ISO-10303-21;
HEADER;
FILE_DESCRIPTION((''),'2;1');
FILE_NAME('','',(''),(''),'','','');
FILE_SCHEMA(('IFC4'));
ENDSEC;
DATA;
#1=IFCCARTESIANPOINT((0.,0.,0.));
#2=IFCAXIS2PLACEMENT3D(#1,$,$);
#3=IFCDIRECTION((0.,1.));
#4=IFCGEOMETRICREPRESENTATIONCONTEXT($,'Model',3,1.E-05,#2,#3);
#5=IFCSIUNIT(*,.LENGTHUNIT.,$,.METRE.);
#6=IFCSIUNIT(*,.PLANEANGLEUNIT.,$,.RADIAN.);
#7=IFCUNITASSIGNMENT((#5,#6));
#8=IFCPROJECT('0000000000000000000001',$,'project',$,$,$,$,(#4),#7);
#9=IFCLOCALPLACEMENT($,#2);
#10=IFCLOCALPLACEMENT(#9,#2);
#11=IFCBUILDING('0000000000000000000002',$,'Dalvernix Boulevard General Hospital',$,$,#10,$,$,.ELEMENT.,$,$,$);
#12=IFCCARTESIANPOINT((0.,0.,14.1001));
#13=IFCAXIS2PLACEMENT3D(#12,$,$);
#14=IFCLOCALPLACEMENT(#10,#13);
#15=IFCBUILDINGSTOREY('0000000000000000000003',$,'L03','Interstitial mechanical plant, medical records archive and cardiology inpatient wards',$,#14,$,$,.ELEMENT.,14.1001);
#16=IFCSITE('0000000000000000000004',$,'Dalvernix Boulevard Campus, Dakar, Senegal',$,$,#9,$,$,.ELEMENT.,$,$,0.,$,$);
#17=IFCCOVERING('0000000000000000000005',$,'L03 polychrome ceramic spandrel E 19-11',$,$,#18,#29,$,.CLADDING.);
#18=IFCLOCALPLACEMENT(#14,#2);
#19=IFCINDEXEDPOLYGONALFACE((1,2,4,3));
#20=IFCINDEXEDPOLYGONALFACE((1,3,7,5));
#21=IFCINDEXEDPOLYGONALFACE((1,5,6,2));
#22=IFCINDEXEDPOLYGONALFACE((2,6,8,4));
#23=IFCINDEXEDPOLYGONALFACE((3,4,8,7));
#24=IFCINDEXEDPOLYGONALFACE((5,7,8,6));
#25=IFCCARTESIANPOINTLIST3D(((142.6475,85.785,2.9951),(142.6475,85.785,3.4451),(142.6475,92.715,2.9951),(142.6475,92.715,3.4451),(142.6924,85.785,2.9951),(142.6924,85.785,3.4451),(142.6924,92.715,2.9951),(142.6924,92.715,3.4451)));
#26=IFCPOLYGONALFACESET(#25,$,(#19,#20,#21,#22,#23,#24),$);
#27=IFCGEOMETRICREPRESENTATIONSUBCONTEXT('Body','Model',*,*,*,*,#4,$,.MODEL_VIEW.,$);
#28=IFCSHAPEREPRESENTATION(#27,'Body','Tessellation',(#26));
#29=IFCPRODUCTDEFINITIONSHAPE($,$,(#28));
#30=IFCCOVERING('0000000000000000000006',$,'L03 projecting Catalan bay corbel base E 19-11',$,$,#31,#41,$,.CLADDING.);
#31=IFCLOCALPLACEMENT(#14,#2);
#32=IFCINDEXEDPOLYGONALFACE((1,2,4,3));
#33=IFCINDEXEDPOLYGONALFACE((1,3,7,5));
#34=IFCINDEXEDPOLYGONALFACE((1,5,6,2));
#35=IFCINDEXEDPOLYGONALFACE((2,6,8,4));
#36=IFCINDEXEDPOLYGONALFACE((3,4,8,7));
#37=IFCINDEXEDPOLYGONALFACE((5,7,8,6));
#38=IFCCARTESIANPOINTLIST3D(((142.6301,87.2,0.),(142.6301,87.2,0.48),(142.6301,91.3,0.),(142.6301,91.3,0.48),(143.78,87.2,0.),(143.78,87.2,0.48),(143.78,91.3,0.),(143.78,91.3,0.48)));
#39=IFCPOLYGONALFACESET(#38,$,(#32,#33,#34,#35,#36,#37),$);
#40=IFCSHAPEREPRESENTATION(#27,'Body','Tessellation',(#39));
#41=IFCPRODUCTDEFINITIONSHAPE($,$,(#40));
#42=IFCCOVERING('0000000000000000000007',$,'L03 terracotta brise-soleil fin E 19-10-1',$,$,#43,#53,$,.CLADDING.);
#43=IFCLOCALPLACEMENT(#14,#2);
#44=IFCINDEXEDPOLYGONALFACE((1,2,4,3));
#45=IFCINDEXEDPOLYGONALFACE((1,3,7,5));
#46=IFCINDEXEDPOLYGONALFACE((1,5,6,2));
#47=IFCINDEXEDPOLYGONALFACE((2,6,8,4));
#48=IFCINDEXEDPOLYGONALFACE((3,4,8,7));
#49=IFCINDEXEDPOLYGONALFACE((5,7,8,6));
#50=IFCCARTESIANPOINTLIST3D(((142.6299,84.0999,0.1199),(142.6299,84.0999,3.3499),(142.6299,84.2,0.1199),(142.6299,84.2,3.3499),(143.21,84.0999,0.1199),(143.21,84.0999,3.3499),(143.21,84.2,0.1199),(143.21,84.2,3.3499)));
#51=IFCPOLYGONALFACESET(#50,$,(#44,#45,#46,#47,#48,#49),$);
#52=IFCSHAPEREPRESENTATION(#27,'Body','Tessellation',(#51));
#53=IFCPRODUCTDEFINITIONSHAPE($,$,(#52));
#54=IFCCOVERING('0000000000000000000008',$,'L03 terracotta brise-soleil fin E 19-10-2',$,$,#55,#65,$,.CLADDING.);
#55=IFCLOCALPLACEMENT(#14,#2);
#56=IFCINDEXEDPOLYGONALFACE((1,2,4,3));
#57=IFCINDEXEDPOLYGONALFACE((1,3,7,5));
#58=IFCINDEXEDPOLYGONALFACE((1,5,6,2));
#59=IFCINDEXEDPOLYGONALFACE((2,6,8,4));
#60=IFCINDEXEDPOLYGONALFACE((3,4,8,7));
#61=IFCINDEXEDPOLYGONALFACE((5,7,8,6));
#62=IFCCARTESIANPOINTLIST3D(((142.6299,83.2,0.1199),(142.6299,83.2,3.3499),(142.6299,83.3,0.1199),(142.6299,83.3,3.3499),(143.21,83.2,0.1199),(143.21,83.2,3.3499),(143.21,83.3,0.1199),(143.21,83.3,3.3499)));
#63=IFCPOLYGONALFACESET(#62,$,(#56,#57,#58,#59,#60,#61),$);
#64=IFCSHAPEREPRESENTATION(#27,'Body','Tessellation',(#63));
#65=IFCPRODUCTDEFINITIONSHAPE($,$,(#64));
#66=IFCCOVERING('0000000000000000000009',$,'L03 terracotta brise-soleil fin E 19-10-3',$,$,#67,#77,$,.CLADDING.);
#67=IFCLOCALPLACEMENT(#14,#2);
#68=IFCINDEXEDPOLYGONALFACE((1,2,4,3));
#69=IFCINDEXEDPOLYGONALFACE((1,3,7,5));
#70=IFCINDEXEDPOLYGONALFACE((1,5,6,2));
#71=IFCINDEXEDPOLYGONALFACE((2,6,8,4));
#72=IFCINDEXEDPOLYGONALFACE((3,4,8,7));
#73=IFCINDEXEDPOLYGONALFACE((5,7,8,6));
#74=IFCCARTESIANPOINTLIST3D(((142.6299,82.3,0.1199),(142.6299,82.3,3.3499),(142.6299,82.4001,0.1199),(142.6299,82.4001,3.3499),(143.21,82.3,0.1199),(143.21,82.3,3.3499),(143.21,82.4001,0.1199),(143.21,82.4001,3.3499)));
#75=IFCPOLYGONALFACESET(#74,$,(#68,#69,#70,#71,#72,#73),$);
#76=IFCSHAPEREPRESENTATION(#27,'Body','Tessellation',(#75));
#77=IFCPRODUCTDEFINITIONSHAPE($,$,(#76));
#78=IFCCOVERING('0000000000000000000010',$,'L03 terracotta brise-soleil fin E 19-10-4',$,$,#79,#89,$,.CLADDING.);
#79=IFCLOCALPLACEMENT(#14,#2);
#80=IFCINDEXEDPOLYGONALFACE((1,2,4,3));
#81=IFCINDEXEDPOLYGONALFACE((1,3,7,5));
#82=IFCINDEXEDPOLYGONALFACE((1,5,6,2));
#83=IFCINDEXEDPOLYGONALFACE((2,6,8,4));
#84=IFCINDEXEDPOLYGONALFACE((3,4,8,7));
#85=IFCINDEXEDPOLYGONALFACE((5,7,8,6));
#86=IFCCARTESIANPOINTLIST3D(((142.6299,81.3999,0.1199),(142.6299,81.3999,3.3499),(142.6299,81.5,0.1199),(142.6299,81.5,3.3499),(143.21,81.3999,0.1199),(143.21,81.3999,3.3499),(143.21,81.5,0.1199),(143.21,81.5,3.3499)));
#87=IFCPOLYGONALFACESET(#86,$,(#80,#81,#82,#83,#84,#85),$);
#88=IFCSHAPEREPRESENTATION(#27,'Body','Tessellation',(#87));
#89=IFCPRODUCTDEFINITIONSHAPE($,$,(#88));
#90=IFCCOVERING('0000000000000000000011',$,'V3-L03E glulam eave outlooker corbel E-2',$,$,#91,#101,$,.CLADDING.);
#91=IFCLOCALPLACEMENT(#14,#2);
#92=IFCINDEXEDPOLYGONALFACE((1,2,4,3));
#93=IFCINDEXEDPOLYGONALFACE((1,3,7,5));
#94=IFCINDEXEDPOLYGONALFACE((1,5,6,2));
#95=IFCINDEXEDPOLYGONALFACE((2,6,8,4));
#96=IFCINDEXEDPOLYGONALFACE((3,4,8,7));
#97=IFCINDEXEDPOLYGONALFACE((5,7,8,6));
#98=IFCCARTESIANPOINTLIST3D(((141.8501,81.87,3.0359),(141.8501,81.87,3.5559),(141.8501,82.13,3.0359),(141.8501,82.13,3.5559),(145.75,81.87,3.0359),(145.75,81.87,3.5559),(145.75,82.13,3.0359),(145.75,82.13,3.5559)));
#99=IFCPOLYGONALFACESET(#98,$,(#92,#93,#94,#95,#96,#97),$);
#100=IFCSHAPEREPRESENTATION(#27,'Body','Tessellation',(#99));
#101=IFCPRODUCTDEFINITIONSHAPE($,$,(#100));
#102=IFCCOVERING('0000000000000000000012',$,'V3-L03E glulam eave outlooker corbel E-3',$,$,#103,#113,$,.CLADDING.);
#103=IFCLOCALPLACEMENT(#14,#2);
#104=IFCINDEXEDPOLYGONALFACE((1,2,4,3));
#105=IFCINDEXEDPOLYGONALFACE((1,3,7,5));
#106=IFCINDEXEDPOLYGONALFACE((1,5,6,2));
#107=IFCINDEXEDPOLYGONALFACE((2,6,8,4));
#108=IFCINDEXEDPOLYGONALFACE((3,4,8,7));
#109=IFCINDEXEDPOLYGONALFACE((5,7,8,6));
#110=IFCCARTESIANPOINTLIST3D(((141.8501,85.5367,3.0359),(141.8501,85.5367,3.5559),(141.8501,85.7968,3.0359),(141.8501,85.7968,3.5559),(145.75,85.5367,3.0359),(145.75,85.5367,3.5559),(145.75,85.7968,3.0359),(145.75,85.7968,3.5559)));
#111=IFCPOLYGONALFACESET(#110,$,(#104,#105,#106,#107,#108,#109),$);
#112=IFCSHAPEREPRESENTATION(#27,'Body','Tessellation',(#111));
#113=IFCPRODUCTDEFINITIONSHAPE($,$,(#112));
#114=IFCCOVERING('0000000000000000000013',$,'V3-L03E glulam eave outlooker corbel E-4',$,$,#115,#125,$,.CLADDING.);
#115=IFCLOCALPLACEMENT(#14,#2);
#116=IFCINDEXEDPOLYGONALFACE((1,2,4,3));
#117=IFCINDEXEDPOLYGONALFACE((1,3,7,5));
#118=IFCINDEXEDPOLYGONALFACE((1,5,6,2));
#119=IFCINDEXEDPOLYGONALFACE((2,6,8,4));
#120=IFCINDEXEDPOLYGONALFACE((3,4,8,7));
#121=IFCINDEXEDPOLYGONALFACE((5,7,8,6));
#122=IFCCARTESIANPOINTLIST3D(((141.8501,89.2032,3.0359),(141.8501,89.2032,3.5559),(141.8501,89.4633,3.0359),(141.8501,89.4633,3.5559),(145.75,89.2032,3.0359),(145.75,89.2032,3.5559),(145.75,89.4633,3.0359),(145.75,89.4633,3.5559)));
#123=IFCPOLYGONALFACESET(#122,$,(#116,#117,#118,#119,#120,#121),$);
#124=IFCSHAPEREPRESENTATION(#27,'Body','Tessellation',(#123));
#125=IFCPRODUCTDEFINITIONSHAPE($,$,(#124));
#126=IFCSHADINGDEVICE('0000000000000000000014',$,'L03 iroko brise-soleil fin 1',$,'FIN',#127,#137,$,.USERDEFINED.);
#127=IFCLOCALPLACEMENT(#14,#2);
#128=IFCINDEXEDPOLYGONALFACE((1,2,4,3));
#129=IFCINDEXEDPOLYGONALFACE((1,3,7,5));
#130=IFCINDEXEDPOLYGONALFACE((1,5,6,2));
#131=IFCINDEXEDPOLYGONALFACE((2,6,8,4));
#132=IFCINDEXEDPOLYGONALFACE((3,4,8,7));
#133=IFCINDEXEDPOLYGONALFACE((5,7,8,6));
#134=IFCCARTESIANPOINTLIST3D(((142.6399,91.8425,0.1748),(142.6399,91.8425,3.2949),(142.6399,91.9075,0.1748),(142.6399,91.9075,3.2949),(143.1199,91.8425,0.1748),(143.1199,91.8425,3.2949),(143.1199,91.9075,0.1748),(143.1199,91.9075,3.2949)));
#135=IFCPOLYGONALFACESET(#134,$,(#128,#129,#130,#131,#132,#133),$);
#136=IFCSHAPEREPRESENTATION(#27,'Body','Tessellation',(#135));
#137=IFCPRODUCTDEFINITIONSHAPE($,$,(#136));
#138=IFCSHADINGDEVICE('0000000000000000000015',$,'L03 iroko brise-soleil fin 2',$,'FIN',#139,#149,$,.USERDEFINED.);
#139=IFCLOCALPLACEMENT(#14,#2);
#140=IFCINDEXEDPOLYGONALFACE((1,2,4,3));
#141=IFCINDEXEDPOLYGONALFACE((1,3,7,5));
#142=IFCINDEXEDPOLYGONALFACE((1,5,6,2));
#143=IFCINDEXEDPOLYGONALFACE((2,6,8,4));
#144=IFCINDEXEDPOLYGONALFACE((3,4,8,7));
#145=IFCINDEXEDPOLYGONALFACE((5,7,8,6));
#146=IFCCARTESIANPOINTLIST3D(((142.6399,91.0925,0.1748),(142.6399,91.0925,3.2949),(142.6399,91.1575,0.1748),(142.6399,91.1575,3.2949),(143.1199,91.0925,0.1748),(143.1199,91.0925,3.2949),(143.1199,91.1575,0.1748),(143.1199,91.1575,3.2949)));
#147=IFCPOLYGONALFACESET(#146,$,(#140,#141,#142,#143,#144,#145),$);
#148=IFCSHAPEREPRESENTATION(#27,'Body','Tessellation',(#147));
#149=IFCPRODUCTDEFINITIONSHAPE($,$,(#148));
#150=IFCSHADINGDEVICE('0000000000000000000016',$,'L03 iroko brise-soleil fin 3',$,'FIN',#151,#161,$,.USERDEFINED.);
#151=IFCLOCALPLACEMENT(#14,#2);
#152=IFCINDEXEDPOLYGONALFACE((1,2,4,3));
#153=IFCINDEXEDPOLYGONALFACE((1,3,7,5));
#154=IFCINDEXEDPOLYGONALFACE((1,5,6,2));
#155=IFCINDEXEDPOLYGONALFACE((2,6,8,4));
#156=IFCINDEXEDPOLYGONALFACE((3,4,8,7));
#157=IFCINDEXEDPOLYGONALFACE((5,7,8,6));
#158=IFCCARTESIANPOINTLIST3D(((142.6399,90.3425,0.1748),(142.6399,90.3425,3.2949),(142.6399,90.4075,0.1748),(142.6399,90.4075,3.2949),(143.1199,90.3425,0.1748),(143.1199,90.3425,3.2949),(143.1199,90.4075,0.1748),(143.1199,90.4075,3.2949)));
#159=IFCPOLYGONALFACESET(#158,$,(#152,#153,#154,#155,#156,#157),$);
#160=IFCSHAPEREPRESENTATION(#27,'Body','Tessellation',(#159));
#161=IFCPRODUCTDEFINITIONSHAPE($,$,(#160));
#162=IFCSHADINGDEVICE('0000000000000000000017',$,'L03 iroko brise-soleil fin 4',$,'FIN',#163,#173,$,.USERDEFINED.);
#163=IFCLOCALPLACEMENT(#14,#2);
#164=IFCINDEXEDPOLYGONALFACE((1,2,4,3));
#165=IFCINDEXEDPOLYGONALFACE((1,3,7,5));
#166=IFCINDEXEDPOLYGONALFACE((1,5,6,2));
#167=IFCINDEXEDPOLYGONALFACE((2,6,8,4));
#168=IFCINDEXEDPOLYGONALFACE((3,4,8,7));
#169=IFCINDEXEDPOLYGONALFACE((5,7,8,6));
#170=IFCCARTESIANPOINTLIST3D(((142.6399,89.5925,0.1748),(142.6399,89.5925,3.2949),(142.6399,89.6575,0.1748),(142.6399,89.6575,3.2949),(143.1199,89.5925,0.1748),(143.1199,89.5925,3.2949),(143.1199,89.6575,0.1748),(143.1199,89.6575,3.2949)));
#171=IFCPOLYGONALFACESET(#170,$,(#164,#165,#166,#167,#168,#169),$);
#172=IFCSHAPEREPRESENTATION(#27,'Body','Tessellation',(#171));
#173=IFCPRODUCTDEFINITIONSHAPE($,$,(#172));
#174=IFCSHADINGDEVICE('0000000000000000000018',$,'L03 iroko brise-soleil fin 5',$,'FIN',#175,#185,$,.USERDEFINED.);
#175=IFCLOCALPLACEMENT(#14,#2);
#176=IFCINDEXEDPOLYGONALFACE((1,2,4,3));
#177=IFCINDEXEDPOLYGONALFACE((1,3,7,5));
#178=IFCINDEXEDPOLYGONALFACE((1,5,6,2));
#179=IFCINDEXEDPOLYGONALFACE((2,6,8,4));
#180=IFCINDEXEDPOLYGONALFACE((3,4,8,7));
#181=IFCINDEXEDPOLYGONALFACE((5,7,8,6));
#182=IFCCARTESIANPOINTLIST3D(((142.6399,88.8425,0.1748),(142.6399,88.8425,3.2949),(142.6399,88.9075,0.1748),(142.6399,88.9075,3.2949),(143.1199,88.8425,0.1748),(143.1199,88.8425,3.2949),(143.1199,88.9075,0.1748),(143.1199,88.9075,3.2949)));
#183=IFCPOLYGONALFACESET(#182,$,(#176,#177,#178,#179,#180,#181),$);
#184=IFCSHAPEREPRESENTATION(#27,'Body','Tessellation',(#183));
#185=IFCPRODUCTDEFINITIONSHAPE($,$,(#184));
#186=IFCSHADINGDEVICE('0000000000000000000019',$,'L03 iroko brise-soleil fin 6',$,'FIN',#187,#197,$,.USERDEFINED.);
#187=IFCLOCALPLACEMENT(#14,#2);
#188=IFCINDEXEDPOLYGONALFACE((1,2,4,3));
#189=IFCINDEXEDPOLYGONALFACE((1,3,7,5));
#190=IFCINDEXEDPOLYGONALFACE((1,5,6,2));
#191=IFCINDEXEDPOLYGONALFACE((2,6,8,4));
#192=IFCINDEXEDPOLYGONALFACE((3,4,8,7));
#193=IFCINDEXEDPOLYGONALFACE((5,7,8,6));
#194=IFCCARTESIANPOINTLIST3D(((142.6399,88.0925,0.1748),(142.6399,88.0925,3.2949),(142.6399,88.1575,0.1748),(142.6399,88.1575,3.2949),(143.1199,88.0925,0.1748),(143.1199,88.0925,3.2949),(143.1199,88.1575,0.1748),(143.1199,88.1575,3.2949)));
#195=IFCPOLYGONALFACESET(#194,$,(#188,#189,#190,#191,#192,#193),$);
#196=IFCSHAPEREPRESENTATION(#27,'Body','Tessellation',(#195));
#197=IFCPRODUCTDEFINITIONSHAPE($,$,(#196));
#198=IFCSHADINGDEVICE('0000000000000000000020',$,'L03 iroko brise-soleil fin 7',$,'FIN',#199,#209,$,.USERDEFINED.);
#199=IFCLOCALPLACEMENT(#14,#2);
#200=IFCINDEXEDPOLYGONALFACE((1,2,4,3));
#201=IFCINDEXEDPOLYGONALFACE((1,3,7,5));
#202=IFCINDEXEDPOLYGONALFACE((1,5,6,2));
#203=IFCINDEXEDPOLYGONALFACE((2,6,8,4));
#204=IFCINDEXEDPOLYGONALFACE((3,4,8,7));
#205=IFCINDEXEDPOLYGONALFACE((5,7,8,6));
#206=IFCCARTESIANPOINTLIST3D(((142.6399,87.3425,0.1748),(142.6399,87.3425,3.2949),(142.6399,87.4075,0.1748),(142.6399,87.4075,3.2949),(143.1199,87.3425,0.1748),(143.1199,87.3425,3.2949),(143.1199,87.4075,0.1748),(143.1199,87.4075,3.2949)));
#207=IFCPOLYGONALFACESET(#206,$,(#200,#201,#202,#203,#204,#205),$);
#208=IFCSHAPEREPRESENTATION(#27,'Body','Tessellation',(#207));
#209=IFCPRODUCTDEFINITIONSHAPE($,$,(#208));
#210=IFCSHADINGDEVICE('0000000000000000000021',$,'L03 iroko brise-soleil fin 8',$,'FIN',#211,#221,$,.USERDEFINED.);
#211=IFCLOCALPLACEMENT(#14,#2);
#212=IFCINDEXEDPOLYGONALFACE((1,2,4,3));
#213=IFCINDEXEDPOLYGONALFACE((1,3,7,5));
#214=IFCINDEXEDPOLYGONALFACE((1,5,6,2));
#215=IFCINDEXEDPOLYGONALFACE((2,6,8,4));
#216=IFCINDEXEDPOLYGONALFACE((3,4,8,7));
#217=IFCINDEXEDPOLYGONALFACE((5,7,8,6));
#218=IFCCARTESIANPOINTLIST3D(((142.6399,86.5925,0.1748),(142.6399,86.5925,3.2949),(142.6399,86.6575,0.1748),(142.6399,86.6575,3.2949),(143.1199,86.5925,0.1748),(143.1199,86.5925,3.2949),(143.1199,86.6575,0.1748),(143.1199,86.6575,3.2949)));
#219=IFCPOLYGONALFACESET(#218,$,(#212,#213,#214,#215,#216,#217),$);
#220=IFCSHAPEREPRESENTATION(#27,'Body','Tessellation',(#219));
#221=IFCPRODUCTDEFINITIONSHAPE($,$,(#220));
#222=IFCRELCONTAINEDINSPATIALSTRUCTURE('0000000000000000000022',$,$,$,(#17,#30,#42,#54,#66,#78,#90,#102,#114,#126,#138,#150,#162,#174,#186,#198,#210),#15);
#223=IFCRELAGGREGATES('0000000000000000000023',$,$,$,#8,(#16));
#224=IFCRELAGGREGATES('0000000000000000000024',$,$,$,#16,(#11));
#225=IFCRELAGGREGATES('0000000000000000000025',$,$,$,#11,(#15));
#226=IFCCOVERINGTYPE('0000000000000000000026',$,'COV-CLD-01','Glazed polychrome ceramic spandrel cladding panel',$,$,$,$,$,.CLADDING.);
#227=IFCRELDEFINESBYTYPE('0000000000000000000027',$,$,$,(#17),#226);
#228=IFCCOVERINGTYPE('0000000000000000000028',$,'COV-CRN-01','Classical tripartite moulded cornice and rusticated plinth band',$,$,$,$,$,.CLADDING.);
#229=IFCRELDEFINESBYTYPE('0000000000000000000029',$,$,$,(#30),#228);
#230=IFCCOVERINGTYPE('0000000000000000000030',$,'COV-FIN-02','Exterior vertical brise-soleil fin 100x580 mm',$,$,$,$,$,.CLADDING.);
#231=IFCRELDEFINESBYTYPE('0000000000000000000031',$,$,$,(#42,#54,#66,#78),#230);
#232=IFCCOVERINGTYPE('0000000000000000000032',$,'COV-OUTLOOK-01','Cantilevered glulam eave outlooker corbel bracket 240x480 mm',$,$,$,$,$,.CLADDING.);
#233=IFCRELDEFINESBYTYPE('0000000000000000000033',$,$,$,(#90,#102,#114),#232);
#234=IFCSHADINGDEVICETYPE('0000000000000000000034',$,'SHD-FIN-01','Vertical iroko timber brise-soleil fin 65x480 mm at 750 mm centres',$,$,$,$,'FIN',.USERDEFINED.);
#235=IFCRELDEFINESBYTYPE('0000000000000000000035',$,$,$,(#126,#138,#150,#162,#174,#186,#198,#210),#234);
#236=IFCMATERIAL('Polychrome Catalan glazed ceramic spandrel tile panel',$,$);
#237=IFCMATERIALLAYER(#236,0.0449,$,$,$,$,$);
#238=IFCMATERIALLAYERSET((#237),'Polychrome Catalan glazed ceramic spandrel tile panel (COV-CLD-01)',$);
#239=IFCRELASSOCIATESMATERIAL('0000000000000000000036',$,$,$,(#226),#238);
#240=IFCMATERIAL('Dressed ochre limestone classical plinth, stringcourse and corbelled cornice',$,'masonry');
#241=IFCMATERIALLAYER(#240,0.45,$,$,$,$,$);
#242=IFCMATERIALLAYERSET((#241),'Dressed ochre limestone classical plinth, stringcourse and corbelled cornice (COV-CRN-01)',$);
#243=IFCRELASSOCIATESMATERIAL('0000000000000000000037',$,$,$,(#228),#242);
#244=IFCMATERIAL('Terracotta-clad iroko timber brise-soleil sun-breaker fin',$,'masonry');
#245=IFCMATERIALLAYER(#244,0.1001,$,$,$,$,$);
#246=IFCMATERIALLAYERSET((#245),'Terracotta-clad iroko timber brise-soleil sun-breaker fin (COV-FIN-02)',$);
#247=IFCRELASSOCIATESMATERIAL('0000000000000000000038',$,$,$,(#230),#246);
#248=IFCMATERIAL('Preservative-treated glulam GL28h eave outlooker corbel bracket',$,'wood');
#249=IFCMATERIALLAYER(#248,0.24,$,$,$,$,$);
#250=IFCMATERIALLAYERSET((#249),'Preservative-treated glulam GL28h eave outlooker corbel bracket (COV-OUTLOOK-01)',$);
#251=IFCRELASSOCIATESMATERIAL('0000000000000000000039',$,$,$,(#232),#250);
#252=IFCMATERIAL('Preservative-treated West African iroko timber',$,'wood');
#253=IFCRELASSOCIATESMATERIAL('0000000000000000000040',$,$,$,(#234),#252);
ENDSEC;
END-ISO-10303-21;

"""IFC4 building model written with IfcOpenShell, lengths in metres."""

from ifc_helpers import new_model, si_unit, direction, frame, origin, origin_2d, place, context, subcontext, project, spatial, rectangle, extrude, material, layer, layer_set, type_object, element, save


model = new_model("IFC4")

# Units and contexts
model_context = context("Model", 3, precision=1e-05, world=origin(), true_north=direction((0.0, 1.0)))
body_context = subcontext(model_context, "Body", "Model", "MODEL_VIEW")
ifc_project = project(units=[si_unit("LENGTHUNIT", "METRE"), si_unit("PLANEANGLEUNIT", "RADIAN")], contexts=[model_context])

# Site, building, storey
site_placement = place(None, origin())
site = spatial("IfcSite", under=ifc_project, at=site_placement, Name="Dalvernix Boulevard Campus, Dakar, Senegal", CompositionType="ELEMENT", RefElevation=0.0)
building_placement = place(site_placement, origin())
building = spatial("IfcBuilding", under=site, at=building_placement, Name="Dalvernix Boulevard General Hospital", CompositionType="ELEMENT")
storey_placement = place(building_placement, frame((0.0, 0.0, 14.1001)))
storey = spatial("IfcBuildingStorey", under=building, at=storey_placement, Name="L03", Description="Interstitial mechanical plant, medical records archive and cardiology inpatient wards", CompositionType="ELEMENT", Elevation=14.1001)

# Coverings
ifc_material_1 = material(Name="Polychrome Catalan glazed ceramic spandrel tile panel")
ifc_layer_1 = layer(ifc_material_1, 0.0449)
ifc_layer_set_1 = layer_set([ifc_layer_1], Name="Polychrome Catalan glazed ceramic spandrel tile panel (COV-CLD-01)")
covering_type_1 = type_object("IfcCoveringType", Name="COV-CLD-01", Description="Glazed polychrome ceramic spandrel cladding panel", PredefinedType="CLADDING", material=ifc_layer_set_1)
covering_1_placement = place(storey_placement, frame((142.6699, 89.25, 2.9951), z_axis=(0.0, 0.0, 1.0), x_axis=(0.0, -1.0, 0.0)))
element("IfcCovering", 1, at=covering_1_placement, inside=storey, type_object=covering_type_1, Name="L03 polychrome ceramic spandrel E 19-11", PredefinedType="CLADDING", context=body_context, shape_type="SweptSolid", body=[
    extrude(rectangle(XDim=6.9299, YDim=0.0449, at=origin_2d()), origin(), (0.0, 0.0, 1.0), 0.45),
])
ifc_material_2 = material(Name="Dressed ochre limestone classical plinth, stringcourse and corbelled cornice", Category="masonry")
ifc_layer_2 = layer(ifc_material_2, 0.45)
ifc_layer_set_2 = layer_set([ifc_layer_2], Name="Dressed ochre limestone classical plinth, stringcourse and corbelled cornice (COV-CRN-01)")
covering_type_2 = type_object("IfcCoveringType", Name="COV-CRN-01", Description="Classical tripartite moulded cornice and rusticated plinth band", PredefinedType="CLADDING", material=ifc_layer_set_2)
covering_2_placement = place(storey_placement, frame((143.2051, 89.25, 0.0), z_axis=(0.0, 0.0, 1.0), x_axis=(0.0, -1.0, 0.0)))
element("IfcCovering", 2, at=covering_2_placement, inside=storey, type_object=covering_type_2, Name="L03 projecting Catalan bay corbel base E 19-11", PredefinedType="CLADDING", context=body_context, shape_type="SweptSolid", body=[
    extrude(rectangle(XDim=4.1001, YDim=1.1499, at=origin_2d()), origin(), (0.0, 0.0, 1.0), 0.48),
])
ifc_material_3 = material(Name="Terracotta-clad iroko timber brise-soleil sun-breaker fin", Category="masonry")
ifc_layer_3 = layer(ifc_material_3, 0.1001)
ifc_layer_set_3 = layer_set([ifc_layer_3], Name="Terracotta-clad iroko timber brise-soleil sun-breaker fin (COV-FIN-02)")
covering_type_3 = type_object("IfcCoveringType", Name="COV-FIN-02", Description="Exterior vertical brise-soleil fin 100x580 mm", PredefinedType="CLADDING", material=ifc_layer_set_3)
for number, where, z_axis, x_axis, name in (
    (3, (142.9199, 84.1499, 0.1199), (0.0, 0.0, 1.0), (0.0, -1.0, 0.0), "L03 terracotta brise-soleil fin E 19-10-1"),
    (4, (142.9199, 83.25, 0.1199), (0.0, 0.0, 1.0), (0.0, -1.0, 0.0), "L03 terracotta brise-soleil fin E 19-10-2"),
    (5, (142.9199, 82.3501, 0.1199), (0.0, 0.0, 1.0), (0.0, -1.0, 0.0), "L03 terracotta brise-soleil fin E 19-10-3"),
    (6, (142.9199, 81.45, 0.1199), (0.0, 0.0, 1.0), (0.0, -1.0, 0.0), "L03 terracotta brise-soleil fin E 19-10-4"),
):
    element("IfcCovering", number, at=place(storey_placement, frame(where, z_axis=z_axis, x_axis=x_axis)), inside=storey, type_object=covering_type_3, Name=name, PredefinedType="CLADDING", context=body_context, shape_type="SweptSolid", body=[
        extrude(rectangle(XDim=0.1001, YDim=0.5801, at=origin_2d()), origin(), (0.0, 0.0, 1.0), 3.23),
    ])
ifc_material_4 = material(Name="Preservative-treated glulam GL28h eave outlooker corbel bracket", Category="wood")
ifc_layer_4 = layer(ifc_material_4, 0.24)
ifc_layer_set_4 = layer_set([ifc_layer_4], Name="Preservative-treated glulam GL28h eave outlooker corbel bracket (COV-OUTLOOK-01)")
covering_type_4 = type_object("IfcCoveringType", Name="COV-OUTLOOK-01", Description="Cantilevered glulam eave outlooker corbel bracket 240x480 mm", PredefinedType="CLADDING", material=ifc_layer_set_4)
for number, where, z_axis, x_axis, name in (
    (7, (143.8, 82.0, 3.0359), (0.0, 0.0, 1.0), (1.0, 0.0, 0.0), "V3-L03E glulam eave outlooker corbel E-2"),
    (8, (143.8, 85.6667, 3.0359), (0.0, 0.0, 1.0), (1.0, 0.0, 0.0), "V3-L03E glulam eave outlooker corbel E-3"),
    (9, (143.8, 89.3333, 3.0359), (0.0, 0.0, 1.0), (1.0, 0.0, 0.0), "V3-L03E glulam eave outlooker corbel E-4"),
):
    element("IfcCovering", number, at=place(storey_placement, frame(where, z_axis=z_axis, x_axis=x_axis)), inside=storey, type_object=covering_type_4, Name=name, PredefinedType="CLADDING", context=body_context, shape_type="SweptSolid", body=[
        extrude(rectangle(XDim=3.8999, YDim=0.26, at=origin_2d()), origin(), (0.0, 0.0, 1.0), 0.52),
    ])

# Shading devices
ifc_material_5 = material(Name="Preservative-treated West African iroko timber", Category="wood")
shading_device_type = type_object("IfcShadingDeviceType", Name="SHD-FIN-01", Description="Vertical iroko timber brise-soleil fin 65x480 mm at 750 mm centres", ElementType="FIN", PredefinedType="USERDEFINED", material=ifc_material_5)
for number, where, z_axis, x_axis, name in (
    (10, (142.8799, 91.875, 0.1748), (0.0, 0.0, 1.0), (0.0, -1.0, 0.0), "L03 iroko brise-soleil fin 1"),
    (11, (142.8799, 91.125, 0.1748), (0.0, 0.0, 1.0), (0.0, -1.0, 0.0), "L03 iroko brise-soleil fin 2"),
    (12, (142.8799, 90.375, 0.1748), (0.0, 0.0, 1.0), (0.0, -1.0, 0.0), "L03 iroko brise-soleil fin 3"),
    (13, (142.8799, 89.625, 0.1748), (0.0, 0.0, 1.0), (0.0, -1.0, 0.0), "L03 iroko brise-soleil fin 4"),
    (14, (142.8799, 88.875, 0.1748), (0.0, 0.0, 1.0), (0.0, -1.0, 0.0), "L03 iroko brise-soleil fin 5"),
    (15, (142.8799, 88.125, 0.1748), (0.0, 0.0, 1.0), (0.0, -1.0, 0.0), "L03 iroko brise-soleil fin 6"),
    (16, (142.8799, 87.375, 0.1748), (0.0, 0.0, 1.0), (0.0, -1.0, 0.0), "L03 iroko brise-soleil fin 7"),
    (17, (142.8799, 86.625, 0.1748), (0.0, 0.0, 1.0), (0.0, -1.0, 0.0), "L03 iroko brise-soleil fin 8"),
):
    element("IfcShadingDevice", number, at=place(storey_placement, frame(where, z_axis=z_axis, x_axis=x_axis)), inside=storey, type_object=shading_device_type, Name=name, ObjectType="FIN", PredefinedType="USERDEFINED", context=body_context, shape_type="SweptSolid", body=[
        extrude(rectangle(XDim=0.0649, YDim=0.48, at=origin_2d()), origin(), (0.0, 0.0, 1.0), 3.1201),
    ])

save(model, "model.ifc")
